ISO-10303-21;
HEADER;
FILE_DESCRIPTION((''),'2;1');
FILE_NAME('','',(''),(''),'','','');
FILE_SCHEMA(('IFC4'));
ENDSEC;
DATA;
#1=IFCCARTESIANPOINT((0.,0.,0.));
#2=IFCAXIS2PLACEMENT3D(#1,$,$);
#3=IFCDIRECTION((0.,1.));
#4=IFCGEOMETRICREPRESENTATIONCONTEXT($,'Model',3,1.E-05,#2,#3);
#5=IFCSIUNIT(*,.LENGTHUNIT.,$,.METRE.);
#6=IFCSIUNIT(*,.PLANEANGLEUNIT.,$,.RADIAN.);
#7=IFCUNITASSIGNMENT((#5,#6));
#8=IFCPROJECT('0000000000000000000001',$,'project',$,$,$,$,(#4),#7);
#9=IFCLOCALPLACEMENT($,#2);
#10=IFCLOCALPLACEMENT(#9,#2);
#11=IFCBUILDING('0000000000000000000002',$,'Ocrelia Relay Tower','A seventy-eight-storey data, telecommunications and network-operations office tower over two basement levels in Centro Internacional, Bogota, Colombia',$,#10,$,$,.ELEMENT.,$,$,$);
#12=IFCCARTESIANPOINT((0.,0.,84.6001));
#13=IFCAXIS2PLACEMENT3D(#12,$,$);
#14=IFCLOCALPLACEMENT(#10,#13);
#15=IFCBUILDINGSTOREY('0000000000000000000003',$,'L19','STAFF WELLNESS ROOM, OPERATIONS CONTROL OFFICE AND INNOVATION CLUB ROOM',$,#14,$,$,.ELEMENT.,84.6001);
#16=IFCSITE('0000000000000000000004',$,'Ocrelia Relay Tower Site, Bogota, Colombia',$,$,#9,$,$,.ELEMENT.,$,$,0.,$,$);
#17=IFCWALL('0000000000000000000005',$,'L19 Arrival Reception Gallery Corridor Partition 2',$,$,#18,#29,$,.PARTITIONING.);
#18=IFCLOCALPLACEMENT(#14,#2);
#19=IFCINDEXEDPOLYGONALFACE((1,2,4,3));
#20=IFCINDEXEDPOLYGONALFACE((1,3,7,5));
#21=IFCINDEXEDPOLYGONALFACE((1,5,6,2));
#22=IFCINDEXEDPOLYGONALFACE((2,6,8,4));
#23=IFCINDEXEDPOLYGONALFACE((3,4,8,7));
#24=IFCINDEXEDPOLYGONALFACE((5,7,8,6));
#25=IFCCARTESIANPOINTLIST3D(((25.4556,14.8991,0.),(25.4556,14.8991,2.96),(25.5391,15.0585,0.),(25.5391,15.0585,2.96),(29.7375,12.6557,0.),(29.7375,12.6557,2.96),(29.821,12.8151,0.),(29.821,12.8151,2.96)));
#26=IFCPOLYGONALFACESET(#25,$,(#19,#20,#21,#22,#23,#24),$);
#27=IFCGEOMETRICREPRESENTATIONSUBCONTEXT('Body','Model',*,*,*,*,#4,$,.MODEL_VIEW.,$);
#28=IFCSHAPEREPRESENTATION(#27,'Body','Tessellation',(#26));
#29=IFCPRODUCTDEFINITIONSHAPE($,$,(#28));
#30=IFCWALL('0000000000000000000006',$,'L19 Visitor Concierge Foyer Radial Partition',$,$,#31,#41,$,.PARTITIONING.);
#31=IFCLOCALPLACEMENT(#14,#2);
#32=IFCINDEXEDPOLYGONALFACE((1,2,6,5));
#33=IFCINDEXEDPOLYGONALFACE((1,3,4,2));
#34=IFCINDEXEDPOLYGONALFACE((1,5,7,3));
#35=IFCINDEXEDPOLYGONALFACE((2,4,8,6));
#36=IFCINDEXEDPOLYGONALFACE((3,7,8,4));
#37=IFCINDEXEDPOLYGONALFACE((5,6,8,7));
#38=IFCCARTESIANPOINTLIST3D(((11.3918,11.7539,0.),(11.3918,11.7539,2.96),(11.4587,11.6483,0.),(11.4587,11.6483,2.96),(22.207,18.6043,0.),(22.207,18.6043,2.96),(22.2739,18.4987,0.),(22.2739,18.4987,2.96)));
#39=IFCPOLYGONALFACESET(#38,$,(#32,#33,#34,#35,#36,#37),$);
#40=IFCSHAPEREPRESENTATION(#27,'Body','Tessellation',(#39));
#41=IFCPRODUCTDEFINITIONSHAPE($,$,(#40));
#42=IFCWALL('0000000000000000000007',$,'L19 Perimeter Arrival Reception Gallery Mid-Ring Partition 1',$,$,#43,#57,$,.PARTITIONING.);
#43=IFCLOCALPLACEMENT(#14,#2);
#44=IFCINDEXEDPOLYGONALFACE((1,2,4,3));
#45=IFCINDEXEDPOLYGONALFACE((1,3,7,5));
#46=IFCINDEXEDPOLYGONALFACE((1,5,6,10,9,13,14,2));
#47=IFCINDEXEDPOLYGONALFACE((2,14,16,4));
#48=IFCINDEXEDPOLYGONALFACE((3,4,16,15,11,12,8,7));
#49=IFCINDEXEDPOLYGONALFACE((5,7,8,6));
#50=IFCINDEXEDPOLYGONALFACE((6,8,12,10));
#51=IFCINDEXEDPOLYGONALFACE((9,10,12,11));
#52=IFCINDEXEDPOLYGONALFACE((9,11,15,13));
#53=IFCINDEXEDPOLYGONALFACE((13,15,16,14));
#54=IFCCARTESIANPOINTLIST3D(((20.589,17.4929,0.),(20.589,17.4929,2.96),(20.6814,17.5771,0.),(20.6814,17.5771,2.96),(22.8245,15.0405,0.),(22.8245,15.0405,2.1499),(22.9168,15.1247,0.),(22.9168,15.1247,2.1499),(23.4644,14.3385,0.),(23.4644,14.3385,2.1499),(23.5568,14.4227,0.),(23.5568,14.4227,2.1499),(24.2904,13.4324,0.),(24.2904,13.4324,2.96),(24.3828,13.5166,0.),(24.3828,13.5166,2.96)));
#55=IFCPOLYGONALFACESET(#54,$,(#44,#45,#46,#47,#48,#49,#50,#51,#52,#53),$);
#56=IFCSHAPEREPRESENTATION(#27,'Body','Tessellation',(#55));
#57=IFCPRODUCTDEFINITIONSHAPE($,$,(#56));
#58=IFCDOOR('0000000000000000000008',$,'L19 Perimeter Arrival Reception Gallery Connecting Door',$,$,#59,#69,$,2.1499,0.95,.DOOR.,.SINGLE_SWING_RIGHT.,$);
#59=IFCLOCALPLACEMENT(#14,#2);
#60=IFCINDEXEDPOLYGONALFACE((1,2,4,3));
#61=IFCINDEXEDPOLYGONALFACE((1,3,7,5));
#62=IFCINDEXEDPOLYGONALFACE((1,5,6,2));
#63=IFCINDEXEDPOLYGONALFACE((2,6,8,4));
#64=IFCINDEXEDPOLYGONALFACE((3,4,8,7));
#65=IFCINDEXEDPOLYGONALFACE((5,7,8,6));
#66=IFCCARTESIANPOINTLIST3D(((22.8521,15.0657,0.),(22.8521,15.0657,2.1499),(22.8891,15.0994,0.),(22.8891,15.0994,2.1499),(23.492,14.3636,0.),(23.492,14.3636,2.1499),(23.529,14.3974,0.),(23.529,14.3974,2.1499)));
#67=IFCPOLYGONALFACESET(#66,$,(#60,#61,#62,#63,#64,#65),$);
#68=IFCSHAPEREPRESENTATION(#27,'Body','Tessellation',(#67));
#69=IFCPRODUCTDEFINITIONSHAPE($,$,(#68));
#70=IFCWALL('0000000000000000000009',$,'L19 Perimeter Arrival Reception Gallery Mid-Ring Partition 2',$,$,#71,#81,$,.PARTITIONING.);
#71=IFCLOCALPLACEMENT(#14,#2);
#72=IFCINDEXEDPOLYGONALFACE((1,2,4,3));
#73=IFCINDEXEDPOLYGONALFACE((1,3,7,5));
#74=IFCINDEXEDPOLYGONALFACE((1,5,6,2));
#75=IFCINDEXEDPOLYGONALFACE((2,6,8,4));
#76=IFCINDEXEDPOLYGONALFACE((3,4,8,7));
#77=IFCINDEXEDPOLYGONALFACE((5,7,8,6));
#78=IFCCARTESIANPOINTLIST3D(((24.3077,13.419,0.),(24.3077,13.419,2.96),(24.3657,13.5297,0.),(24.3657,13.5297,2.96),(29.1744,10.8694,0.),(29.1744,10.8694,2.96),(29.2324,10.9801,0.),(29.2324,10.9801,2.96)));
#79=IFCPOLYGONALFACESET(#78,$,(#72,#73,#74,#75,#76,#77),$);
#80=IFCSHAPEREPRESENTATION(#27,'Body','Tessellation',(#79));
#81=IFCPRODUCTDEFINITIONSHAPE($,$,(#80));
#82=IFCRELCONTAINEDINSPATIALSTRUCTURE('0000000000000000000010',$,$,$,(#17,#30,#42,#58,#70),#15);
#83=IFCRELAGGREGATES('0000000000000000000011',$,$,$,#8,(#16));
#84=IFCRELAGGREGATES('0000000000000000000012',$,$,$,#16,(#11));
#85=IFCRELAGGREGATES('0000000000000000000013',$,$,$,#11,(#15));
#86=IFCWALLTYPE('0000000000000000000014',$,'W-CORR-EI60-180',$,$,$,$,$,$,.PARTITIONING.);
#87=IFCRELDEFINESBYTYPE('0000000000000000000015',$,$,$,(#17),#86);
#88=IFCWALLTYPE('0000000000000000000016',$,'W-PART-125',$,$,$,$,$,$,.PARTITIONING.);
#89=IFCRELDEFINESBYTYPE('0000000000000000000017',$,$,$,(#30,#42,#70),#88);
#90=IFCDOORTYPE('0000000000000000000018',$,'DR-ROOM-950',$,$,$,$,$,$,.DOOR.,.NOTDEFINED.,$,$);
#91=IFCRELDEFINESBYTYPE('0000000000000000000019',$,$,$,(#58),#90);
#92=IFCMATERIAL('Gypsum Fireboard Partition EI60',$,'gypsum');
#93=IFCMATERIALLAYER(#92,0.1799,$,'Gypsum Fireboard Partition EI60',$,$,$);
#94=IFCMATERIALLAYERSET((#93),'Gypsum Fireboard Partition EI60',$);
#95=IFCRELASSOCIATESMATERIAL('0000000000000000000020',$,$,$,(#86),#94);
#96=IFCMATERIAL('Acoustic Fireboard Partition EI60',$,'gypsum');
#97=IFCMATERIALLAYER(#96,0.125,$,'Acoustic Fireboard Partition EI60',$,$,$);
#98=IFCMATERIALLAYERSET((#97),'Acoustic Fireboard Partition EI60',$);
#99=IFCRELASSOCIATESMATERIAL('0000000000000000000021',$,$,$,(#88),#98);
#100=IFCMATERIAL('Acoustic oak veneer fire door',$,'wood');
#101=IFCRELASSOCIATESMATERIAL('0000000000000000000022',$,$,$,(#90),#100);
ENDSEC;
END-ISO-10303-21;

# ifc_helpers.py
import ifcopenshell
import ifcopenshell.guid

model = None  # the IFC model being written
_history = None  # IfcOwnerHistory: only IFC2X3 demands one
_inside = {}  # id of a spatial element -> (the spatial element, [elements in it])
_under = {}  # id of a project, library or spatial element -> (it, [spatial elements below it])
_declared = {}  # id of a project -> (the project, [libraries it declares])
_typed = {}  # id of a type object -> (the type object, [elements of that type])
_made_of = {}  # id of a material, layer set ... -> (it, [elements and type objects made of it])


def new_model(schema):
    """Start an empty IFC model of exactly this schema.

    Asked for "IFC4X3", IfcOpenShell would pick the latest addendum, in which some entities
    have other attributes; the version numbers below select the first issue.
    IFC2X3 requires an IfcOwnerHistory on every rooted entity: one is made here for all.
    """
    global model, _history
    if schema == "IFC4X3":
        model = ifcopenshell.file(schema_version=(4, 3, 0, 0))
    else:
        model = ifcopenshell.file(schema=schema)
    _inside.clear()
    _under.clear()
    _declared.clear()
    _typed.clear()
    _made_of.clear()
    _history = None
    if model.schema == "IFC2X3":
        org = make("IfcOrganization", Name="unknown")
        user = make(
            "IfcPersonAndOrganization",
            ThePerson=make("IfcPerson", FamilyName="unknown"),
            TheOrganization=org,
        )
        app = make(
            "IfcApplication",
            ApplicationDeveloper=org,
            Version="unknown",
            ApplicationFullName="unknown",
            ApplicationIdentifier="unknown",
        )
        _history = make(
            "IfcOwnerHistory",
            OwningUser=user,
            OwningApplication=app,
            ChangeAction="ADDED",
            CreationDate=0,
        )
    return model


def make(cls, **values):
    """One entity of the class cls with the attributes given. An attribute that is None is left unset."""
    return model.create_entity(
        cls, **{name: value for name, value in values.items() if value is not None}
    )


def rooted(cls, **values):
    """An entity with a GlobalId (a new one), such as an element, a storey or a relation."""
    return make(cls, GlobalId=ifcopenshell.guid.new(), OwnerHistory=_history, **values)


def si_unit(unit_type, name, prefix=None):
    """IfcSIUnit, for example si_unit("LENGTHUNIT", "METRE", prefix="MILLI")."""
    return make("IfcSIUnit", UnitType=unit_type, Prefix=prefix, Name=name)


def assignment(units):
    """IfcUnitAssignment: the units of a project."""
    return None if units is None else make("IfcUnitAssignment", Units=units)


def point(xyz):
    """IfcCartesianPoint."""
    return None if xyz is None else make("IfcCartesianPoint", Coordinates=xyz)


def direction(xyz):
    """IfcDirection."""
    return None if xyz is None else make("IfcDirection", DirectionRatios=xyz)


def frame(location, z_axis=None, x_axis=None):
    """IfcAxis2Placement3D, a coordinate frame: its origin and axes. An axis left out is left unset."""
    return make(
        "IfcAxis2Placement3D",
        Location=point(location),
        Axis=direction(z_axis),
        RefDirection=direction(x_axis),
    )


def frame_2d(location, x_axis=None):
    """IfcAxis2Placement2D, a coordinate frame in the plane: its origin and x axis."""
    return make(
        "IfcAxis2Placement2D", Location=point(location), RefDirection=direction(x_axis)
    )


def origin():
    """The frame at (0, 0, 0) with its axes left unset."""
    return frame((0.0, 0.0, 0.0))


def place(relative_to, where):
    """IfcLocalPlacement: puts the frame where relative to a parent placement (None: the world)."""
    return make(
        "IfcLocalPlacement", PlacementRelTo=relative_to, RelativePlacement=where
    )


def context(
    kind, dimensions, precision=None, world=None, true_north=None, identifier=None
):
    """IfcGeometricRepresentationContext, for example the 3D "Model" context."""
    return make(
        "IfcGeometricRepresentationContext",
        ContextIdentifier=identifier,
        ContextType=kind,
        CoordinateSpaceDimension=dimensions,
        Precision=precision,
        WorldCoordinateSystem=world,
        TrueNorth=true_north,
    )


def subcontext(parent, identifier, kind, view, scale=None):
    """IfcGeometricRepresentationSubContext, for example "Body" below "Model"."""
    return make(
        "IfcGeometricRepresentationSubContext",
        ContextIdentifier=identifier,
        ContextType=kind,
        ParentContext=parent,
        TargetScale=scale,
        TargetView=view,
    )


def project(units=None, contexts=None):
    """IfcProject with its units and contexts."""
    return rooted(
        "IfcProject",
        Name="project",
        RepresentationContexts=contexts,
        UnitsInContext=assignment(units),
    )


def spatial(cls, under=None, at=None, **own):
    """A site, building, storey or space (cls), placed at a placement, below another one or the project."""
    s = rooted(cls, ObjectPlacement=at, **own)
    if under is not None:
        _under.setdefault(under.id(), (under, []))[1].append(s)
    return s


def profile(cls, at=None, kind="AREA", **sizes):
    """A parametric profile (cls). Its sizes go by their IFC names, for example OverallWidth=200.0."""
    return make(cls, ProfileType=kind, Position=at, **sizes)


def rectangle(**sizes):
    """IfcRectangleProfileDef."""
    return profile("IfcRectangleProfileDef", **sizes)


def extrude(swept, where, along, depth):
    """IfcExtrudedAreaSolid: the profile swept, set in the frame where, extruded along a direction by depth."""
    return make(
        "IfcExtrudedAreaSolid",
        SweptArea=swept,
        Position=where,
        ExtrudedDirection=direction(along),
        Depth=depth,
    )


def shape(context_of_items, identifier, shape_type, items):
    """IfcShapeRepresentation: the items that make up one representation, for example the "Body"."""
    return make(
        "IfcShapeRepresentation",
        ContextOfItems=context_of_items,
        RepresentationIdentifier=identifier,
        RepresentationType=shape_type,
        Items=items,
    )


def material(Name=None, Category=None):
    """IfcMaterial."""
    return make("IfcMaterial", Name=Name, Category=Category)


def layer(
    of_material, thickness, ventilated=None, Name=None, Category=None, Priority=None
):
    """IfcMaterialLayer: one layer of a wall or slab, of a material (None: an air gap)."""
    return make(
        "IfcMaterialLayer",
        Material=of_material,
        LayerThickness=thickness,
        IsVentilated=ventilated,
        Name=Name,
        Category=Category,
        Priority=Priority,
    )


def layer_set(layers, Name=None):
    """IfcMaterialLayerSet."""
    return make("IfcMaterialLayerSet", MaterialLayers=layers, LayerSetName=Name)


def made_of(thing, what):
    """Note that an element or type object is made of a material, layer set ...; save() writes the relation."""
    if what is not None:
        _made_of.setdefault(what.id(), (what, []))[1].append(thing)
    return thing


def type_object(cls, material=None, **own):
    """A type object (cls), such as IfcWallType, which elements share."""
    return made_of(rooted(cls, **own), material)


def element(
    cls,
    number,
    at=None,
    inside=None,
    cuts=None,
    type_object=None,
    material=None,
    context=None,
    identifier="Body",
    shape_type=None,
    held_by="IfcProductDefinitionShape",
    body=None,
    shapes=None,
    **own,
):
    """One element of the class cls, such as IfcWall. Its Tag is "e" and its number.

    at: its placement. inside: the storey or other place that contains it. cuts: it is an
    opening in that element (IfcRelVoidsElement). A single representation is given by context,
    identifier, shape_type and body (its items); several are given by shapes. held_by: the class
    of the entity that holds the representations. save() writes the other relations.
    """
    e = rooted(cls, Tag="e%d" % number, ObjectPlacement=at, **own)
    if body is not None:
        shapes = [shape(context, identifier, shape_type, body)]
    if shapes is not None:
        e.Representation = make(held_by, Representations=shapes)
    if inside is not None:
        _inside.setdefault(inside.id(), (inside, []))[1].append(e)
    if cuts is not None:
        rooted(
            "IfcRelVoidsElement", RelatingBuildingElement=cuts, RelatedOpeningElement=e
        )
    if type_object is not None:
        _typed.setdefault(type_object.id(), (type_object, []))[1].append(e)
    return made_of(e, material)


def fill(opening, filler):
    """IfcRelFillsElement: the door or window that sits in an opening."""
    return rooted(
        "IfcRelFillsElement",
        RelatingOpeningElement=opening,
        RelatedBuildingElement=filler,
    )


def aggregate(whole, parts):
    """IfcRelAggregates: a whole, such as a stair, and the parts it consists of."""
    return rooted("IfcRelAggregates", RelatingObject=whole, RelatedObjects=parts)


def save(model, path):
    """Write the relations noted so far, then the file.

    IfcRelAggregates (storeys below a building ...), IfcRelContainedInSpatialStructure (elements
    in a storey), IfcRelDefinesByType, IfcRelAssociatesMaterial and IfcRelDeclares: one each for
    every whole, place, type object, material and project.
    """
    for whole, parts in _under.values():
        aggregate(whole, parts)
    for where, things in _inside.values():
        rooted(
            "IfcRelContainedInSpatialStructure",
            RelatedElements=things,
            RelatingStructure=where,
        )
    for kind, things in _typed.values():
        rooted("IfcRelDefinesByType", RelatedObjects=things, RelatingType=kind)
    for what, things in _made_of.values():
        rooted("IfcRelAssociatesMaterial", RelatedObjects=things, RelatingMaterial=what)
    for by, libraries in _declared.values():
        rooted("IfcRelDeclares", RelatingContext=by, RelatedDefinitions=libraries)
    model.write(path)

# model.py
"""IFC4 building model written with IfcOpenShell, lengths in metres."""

from ifc_helpers import new_model, si_unit, direction, frame, frame_2d, origin, place, context, subcontext, project, spatial, rectangle, extrude, material, layer, layer_set, type_object, element, fill, save


model = new_model("IFC4")

# Units and contexts
model_context = context("Model", 3, precision=1e-05, world=origin(), true_north=direction((0.0, 1.0)))
body_context = subcontext(model_context, "Body", "Model", "MODEL_VIEW")
ifc_project = project(units=[si_unit("LENGTHUNIT", "METRE"), si_unit("PLANEANGLEUNIT", "RADIAN")], contexts=[model_context])

# Site, building, storey
site_placement = place(None, origin())
site = spatial("IfcSite", under=ifc_project, at=site_placement, Name="Ocrelia Relay Tower Site, Bogota, Colombia", CompositionType="ELEMENT", RefElevation=0.0)
building_placement = place(site_placement, origin())
building = spatial("IfcBuilding", under=site, at=building_placement, Name="Ocrelia Relay Tower", Description="A seventy-eight-storey data, telecommunications and network-operations office tower over two basement levels in Centro Internacional, Bogota, Colombia", CompositionType="ELEMENT")
storey_placement = place(building_placement, frame((0.0, 0.0, 84.6001)))
storey = spatial("IfcBuildingStorey", under=building, at=storey_placement, Name="L19", Description="STAFF WELLNESS ROOM, OPERATIONS CONTROL OFFICE AND INNOVATION CLUB ROOM", CompositionType="ELEMENT", Elevation=84.6001)

# Shared definitions
ifc_material_1 = material(Name="Gypsum Fireboard Partition EI60", Category="gypsum")
ifc_layer_1 = layer(ifc_material_1, 0.1799, Name="Gypsum Fireboard Partition EI60")
ifc_layer_set_1 = layer_set([ifc_layer_1], Name="Gypsum Fireboard Partition EI60")
wall_type_1 = type_object("IfcWallType", Name="W-CORR-EI60-180", PredefinedType="PARTITIONING", material=ifc_layer_set_1)
ifc_material_2 = material(Name="Acoustic oak veneer fire door", Category="wood")

# Walls
wall_1_placement = place(storey_placement, frame((25.4973, 14.9788, 0.0), z_axis=(0.0, 0.0, 1.0), x_axis=(0.885792, -0.464082, 0.0)))
element("IfcWall", 1, at=wall_1_placement, inside=storey, type_object=wall_type_1, Name="L19 Arrival Reception Gallery Corridor Partition 2", PredefinedType="PARTITIONING", context=body_context, shape_type="SweptSolid", body=[
    extrude(rectangle(XDim=4.834, YDim=0.1799, at=frame_2d((2.417, 0.0))), origin(), (0.0, 0.0, 1.0), 2.96),
])
ifc_material_3 = material(Name="Acoustic Fireboard Partition EI60", Category="gypsum")
ifc_layer_2 = layer(ifc_material_3, 0.125, Name="Acoustic Fireboard Partition EI60")
ifc_layer_set_2 = layer_set([ifc_layer_2], Name="Acoustic Fireboard Partition EI60")
wall_type_2 = type_object("IfcWallType", Name="W-PART-125", PredefinedType="PARTITIONING", material=ifc_layer_set_2)
wall_2_placement = place(storey_placement, frame((22.2405, 18.5515, 0.0), z_axis=(0.0, 0.0, 1.0), x_axis=(-0.844794, -0.535092, 0.0)))
element("IfcWall", 2, at=wall_2_placement, inside=storey, type_object=wall_type_2, Name="L19 Visitor Concierge Foyer Radial Partition", PredefinedType="PARTITIONING", context=body_context, shape_type="SweptSolid", body=[
    extrude(rectangle(XDim=12.8022, YDim=0.125, at=frame_2d((6.4011, 0.0))), origin(), (0.0, 0.0, 1.0), 2.96),
])

# Wall, opening, door
wall_3_placement = place(storey_placement, frame((20.6353, 17.5349, 0.0), z_axis=(0.0, 0.0, 1.0), x_axis=(0.67367, -0.739033, 0.0)))
wall_3 = element("IfcWall", 3, at=wall_3_placement, inside=storey, type_object=wall_type_2, Name="L19 Perimeter Arrival Reception Gallery Mid-Ring Partition 1", PredefinedType="PARTITIONING", context=body_context, shape_type="SweptSolid", body=[
    extrude(rectangle(XDim=5.4944, YDim=0.125, at=frame_2d((2.7471, 0.0))), origin(), (0.0, 0.0, 1.0), 2.96),
])
opening_1_placement = place(wall_3_placement, frame((3.3181, 0.0, 0.0)))
opening_1 = element("IfcOpeningElement", 4, at=opening_1_placement, cuts=wall_3, PredefinedType="OPENING", context=body_context, shape_type="SweptSolid", body=[
    extrude(rectangle(XDim=0.95, YDim=2.1499, at=frame_2d((0.4751, 1.075))), frame((0.0, 0.0725, 0.0), z_axis=(0.0, -1.0, 0.0), x_axis=(1.0, 0.0, 0.0)), (0.0, 0.0, 1.0), 0.145),
])
door_type_1 = type_object("IfcDoorType", Name="DR-ROOM-950", OperationType="NOTDEFINED", PredefinedType="DOOR", material=ifc_material_2)
door_1_placement = place(opening_1_placement, origin())
door_1 = element("IfcDoor", 5, at=door_1_placement, inside=storey, type_object=door_type_1, Name="L19 Perimeter Arrival Reception Gallery Connecting Door", OperationType="SINGLE_SWING_RIGHT", OverallHeight=2.1499, OverallWidth=0.95, PredefinedType="DOOR", context=body_context, shape_type="SweptSolid", body=[
    extrude(rectangle(XDim=0.95, YDim=2.1499, at=frame_2d((0.4751, 1.075))), frame((0.0, 0.0249, 0.0), z_axis=(0.0, -1.0, 0.0), x_axis=(1.0, 0.0, 0.0)), (0.0, 0.0, 1.0), 0.05),
])
fill(opening_1, door_1)

# Wall
wall_4_placement = place(storey_placement, frame((24.3367, 13.4744, 0.0), z_axis=(0.0, 0.0, 1.0), x_axis=(0.885806, -0.464055, 0.0)))
element("IfcWall", 6, at=wall_4_placement, inside=storey, type_object=wall_type_2, Name="L19 Perimeter Arrival Reception Gallery Mid-Ring Partition 2", PredefinedType="PARTITIONING", context=body_context, shape_type="SweptSolid", body=[
    extrude(rectangle(XDim=5.4941, YDim=0.125, at=frame_2d((2.7471, 0.0))), origin(), (0.0, 0.0, 1.0), 2.96),
])

save(model, "model.ifc")
